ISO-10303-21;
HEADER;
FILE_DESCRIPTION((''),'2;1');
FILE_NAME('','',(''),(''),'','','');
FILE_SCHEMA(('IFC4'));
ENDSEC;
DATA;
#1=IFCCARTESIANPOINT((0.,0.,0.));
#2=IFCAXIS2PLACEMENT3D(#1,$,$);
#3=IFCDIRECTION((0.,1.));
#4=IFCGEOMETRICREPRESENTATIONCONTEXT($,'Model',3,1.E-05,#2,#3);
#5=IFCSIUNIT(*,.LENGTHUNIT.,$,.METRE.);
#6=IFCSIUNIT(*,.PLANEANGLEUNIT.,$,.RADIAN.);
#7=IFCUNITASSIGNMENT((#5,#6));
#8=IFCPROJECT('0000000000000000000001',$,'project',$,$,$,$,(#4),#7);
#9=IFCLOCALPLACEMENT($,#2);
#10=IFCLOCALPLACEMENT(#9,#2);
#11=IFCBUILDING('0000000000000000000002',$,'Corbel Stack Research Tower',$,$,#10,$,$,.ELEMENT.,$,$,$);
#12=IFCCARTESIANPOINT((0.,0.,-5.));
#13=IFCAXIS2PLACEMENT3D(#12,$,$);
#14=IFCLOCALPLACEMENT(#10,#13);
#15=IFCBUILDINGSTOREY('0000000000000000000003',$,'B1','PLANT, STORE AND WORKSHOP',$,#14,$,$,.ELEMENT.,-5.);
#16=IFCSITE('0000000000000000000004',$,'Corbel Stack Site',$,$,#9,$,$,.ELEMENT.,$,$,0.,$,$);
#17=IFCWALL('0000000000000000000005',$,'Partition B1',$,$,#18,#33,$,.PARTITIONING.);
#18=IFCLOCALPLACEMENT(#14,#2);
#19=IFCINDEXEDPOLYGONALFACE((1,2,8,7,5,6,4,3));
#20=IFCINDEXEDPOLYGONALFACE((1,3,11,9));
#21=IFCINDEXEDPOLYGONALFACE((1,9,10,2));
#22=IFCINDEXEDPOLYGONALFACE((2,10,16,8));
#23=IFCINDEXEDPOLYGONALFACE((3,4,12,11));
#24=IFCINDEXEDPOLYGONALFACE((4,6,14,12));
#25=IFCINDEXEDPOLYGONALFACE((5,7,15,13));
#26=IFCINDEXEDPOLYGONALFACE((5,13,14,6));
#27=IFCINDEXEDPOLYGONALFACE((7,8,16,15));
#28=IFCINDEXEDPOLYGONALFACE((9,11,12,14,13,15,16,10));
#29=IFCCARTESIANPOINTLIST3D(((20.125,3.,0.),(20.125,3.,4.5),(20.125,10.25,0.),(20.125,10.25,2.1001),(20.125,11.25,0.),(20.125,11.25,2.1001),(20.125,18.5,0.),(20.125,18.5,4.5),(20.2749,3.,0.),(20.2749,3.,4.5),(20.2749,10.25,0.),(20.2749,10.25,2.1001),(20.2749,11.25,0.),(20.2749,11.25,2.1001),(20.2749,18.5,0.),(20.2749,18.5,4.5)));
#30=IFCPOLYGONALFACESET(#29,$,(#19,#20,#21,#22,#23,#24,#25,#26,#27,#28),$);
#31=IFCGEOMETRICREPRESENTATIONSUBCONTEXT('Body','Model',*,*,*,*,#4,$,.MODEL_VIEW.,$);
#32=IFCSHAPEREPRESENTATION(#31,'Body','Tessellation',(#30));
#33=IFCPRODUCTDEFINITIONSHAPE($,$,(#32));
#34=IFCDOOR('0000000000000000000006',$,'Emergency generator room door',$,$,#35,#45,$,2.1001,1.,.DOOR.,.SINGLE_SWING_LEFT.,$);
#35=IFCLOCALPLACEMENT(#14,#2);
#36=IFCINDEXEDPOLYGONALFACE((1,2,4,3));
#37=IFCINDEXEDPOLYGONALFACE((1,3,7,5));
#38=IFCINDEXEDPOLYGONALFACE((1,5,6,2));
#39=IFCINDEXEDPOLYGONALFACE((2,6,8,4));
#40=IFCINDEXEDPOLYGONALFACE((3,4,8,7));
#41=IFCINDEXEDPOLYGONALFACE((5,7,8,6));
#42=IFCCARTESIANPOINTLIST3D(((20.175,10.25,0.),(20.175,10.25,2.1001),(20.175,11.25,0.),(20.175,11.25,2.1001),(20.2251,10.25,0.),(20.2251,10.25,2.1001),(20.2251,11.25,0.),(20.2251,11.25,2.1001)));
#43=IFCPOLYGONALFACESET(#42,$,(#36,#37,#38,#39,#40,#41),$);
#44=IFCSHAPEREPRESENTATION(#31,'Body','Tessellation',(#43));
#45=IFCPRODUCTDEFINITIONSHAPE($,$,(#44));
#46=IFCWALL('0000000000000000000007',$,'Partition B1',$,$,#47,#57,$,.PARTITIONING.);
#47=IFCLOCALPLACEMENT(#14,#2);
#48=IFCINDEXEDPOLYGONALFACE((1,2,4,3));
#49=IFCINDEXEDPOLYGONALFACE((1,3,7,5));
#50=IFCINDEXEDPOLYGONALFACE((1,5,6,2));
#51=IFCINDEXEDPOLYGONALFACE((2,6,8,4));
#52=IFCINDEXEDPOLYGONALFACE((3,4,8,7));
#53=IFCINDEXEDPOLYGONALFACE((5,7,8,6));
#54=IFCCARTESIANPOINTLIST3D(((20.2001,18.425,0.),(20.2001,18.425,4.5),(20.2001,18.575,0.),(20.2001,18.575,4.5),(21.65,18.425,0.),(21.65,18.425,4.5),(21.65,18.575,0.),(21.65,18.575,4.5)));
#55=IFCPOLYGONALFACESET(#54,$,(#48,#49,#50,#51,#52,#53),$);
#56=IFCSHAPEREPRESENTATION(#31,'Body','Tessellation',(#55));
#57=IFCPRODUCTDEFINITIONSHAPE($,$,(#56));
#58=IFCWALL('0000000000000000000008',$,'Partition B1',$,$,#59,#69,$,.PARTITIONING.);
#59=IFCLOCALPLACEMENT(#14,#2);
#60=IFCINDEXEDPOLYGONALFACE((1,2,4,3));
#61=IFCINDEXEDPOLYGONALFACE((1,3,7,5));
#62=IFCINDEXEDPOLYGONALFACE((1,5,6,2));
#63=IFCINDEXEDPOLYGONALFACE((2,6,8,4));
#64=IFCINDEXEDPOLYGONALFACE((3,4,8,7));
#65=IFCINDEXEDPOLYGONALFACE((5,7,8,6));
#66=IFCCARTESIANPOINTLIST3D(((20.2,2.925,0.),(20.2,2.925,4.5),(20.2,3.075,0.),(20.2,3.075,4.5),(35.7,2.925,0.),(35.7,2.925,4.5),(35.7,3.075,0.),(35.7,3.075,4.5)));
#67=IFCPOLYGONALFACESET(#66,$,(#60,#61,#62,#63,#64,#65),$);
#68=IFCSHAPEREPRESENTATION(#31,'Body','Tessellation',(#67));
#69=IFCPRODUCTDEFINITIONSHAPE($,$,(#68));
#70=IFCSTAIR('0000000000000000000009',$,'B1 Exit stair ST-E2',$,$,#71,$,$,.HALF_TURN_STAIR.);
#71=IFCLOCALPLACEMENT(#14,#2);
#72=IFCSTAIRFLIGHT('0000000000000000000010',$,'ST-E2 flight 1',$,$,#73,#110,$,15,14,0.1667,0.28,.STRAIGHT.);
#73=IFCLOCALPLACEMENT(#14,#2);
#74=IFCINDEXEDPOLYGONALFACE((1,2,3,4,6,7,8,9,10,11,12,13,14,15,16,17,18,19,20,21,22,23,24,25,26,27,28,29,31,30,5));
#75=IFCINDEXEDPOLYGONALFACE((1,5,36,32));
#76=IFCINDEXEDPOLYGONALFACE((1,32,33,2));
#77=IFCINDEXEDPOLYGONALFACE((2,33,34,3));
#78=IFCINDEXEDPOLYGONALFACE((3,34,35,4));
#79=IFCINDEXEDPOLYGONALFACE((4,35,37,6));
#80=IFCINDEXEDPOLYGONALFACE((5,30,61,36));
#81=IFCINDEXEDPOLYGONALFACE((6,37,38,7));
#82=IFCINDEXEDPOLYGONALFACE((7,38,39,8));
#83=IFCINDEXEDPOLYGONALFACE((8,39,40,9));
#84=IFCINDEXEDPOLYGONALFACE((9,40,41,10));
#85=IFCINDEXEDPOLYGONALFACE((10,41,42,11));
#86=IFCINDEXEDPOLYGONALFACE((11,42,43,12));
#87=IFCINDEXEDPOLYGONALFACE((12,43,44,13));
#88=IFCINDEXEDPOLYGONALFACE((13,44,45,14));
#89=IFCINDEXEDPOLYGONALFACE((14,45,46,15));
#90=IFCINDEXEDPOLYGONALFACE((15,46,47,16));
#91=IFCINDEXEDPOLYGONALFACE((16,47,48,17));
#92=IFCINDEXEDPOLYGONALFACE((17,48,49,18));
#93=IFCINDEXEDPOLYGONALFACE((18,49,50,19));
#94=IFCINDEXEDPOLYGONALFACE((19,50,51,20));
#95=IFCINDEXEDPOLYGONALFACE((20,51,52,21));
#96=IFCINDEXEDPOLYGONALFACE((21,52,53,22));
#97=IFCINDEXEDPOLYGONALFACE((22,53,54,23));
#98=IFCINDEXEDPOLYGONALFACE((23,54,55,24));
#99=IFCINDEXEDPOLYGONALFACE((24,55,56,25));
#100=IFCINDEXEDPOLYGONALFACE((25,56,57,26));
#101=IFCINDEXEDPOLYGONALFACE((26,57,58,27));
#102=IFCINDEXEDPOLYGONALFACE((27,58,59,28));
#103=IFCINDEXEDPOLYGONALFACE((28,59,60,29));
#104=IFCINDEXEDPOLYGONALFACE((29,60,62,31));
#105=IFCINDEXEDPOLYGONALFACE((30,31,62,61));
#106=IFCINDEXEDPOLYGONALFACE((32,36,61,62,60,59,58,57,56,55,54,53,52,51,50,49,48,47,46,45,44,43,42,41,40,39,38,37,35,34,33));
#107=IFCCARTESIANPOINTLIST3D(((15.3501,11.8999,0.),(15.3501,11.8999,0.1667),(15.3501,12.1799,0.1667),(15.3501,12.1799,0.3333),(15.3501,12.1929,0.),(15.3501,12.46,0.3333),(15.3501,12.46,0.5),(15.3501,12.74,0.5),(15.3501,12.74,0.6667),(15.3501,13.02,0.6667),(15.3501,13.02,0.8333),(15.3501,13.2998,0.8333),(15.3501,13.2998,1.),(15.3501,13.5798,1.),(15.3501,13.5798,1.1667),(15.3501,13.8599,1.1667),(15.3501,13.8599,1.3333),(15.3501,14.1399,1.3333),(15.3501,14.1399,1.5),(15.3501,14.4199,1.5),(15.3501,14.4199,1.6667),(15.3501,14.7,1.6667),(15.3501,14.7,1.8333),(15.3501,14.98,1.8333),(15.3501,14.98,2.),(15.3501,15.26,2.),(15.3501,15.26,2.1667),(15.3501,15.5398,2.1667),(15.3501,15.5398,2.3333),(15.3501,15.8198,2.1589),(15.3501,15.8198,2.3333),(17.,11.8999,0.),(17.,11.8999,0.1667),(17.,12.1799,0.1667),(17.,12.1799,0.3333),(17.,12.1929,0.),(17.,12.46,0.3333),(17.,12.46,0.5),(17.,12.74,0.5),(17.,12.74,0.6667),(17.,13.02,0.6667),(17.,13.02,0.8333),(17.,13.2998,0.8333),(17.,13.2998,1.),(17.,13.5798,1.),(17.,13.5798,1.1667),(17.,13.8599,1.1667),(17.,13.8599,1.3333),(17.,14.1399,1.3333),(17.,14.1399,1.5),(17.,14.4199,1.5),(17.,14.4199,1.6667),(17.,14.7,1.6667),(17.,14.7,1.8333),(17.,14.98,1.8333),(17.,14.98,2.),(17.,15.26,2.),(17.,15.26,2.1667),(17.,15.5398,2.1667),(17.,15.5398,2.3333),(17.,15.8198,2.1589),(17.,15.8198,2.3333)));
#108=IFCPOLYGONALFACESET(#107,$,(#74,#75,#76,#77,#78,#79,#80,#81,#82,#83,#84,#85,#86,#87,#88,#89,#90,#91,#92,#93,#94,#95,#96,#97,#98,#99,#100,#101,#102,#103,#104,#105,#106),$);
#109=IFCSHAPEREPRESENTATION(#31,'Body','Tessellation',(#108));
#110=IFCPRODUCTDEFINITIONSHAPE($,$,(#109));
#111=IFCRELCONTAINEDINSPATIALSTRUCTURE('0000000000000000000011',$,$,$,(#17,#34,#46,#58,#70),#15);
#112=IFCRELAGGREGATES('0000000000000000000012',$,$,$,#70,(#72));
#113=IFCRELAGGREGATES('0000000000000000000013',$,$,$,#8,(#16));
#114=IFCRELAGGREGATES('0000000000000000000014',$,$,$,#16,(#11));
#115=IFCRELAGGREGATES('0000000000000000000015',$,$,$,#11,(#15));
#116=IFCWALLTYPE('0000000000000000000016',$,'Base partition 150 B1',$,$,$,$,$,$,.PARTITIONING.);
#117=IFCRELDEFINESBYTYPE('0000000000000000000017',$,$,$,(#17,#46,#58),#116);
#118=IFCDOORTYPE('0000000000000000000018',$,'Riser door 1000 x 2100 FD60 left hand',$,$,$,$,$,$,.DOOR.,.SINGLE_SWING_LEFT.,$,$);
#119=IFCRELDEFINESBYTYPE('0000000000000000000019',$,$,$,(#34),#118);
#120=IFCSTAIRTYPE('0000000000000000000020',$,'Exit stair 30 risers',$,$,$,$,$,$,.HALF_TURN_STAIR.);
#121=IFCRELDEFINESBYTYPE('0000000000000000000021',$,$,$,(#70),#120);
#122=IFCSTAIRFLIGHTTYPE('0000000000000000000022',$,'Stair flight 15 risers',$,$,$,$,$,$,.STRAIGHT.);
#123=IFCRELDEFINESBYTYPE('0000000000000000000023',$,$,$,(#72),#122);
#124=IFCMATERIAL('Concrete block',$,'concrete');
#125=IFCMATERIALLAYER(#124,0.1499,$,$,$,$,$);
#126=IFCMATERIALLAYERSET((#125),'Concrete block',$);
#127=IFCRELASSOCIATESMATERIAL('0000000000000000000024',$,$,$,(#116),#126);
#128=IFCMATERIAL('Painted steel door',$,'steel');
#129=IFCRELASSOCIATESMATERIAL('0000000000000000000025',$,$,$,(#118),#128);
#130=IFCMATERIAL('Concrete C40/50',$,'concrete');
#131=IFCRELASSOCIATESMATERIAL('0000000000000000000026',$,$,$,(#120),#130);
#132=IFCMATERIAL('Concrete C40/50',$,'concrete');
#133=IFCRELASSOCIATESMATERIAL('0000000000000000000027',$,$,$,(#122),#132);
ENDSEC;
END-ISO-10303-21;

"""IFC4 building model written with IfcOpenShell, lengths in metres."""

from ifc_helpers import new_model, si_unit, direction, frame, frame_2d, origin, place, context, subcontext, project, spatial, polyline, rectangle, outline, extrude, material, layer, layer_set, type_object, element, fill, aggregate, save


model = new_model("IFC4")

# Units and contexts
model_context = context("Model", 3, precision=1e-05, world=origin(), true_north=direction((0.0, 1.0)))
body_context = subcontext(model_context, "Body", "Model", "MODEL_VIEW")
ifc_project = project(units=[si_unit("LENGTHUNIT", "METRE"), si_unit("PLANEANGLEUNIT", "RADIAN")], contexts=[model_context])

# Site, building, storey
site_placement = place(None, origin())
site = spatial("IfcSite", under=ifc_project, at=site_placement, Name="Corbel Stack Site", CompositionType="ELEMENT", RefElevation=0.0)
building_placement = place(site_placement, origin())
building = spatial("IfcBuilding", under=site, at=building_placement, Name="Corbel Stack Research Tower", CompositionType="ELEMENT")
storey_placement = place(building_placement, frame((0.0, 0.0, -5.0)))
storey = spatial("IfcBuildingStorey", under=building, at=storey_placement, Name="B1", Description="PLANT, STORE AND WORKSHOP", CompositionType="ELEMENT", Elevation=-5.0)

# Wall, opening, door
ifc_material_1 = material(Name="Concrete block", Category="concrete")
ifc_layer_1 = layer(ifc_material_1, 0.1499)
ifc_layer_set_1 = layer_set([ifc_layer_1], Name="Concrete block")
wall_type_1 = type_object("IfcWallType", Name="Base partition 150 B1", PredefinedType="PARTITIONING", material=ifc_layer_set_1)
wall_1_placement = place(storey_placement, frame((20.2, 3.0, 0.0), z_axis=(0.0, 0.0, 1.0), x_axis=(0.0, 1.0, 0.0)))
wall_1 = element("IfcWall", 1, at=wall_1_placement, inside=storey, type_object=wall_type_1, Name="Partition B1", PredefinedType="PARTITIONING", context=body_context, shape_type="SweptSolid", body=[
    extrude(rectangle(XDim=15.5, YDim=0.1499, at=frame_2d((7.75, 0.0))), origin(), (0.0, 0.0, 1.0), 4.5),
])
opening_1_placement = place(wall_1_placement, frame((7.25, 0.0, 0.0)))
opening_1 = element("IfcOpeningElement", 2, at=opening_1_placement, cuts=wall_1, PredefinedType="OPENING", context=body_context, shape_type="SweptSolid", body=[
    extrude(rectangle(XDim=1.0, YDim=2.1001, at=frame_2d((0.5, 1.05))), frame((0.0, 0.085, 0.0), z_axis=(0.0, -1.0, 0.0), x_axis=(1.0, 0.0, 0.0)), (0.0, 0.0, 1.0), 0.1699),
])
ifc_material_2 = material(Name="Painted steel door", Category="steel")
door_type_1 = type_object("IfcDoorType", Name="Riser door 1000 x 2100 FD60 left hand", OperationType="SINGLE_SWING_LEFT", PredefinedType="DOOR", material=ifc_material_2)
door_1_placement = place(opening_1_placement, origin())
door_1 = element("IfcDoor", 3, at=door_1_placement, inside=storey, type_object=door_type_1, Name="Emergency generator room door", OperationType="SINGLE_SWING_LEFT", OverallHeight=2.1001, OverallWidth=1.0, PredefinedType="DOOR", context=body_context, shape_type="SweptSolid", body=[
    extrude(rectangle(XDim=1.0, YDim=2.1001, at=frame_2d((0.5, 1.05))), frame((0.0, 0.0249, 0.0), z_axis=(0.0, -1.0, 0.0), x_axis=(1.0, 0.0, 0.0)), (0.0, 0.0, 1.0), 0.05),
])
fill(opening_1, door_1)

# Walls
wall_2_placement = place(storey_placement, frame((20.2, 18.5, 0.0), z_axis=(0.0, 0.0, 1.0), x_axis=(1.0, 0.0, 0.0)))
element("IfcWall", 4, at=wall_2_placement, inside=storey, type_object=wall_type_1, Name="Partition B1", PredefinedType="PARTITIONING", context=body_context, shape_type="SweptSolid", body=[
    extrude(rectangle(XDim=1.45, YDim=0.1499, at=frame_2d((0.7251, 0.0))), origin(), (0.0, 0.0, 1.0), 4.5),
])
wall_3_placement = place(storey_placement, frame((20.2, 3.0, 0.0), z_axis=(0.0, 0.0, 1.0), x_axis=(1.0, 0.0, 0.0)))
element("IfcWall", 5, at=wall_3_placement, inside=storey, type_object=wall_type_1, Name="Partition B1", PredefinedType="PARTITIONING", context=body_context, shape_type="SweptSolid", body=[
    extrude(rectangle(XDim=15.5, YDim=0.1499, at=frame_2d((7.75, 0.0))), origin(), (0.0, 0.0, 1.0), 4.5),
])

# Stair, stair flight
ifc_material_3 = material(Name="Concrete C40/50", Category="concrete")
stair_type = type_object("IfcStairType", Name="Exit stair 30 risers", PredefinedType="HALF_TURN_STAIR", material=ifc_material_3)
stair_placement = place(storey_placement, origin())
stair = element("IfcStair", 6, at=stair_placement, inside=storey, type_object=stair_type, Name="B1 Exit stair ST-E2", PredefinedType="HALF_TURN_STAIR")
ifc_material_4 = material(Name="Concrete C40/50", Category="concrete")
stair_flight_type = type_object("IfcStairFlightType", Name="Stair flight 15 risers", PredefinedType="STRAIGHT", material=ifc_material_4)
stair_flight_placement = place(storey_placement, frame((16.175, 11.8999, 0.0), z_axis=(0.0, 0.0, 1.0), x_axis=(0.0, 1.0, 0.0)))
stair_flight = element("IfcStairFlight", 7, at=stair_flight_placement, type_object=stair_flight_type, Name="ST-E2 flight 1", NumberOfRisers=15, NumberOfTreads=14, PredefinedType="STRAIGHT", RiserHeight=0.1667, TreadLength=0.28, context=body_context, shape_type="SweptSolid", body=[
    extrude(outline(polyline([(0.0, 0.0), (0.0, 0.1667), (0.28, 0.1667), (0.28, 0.3333), (0.5601, 0.3333), (0.5601, 0.5), (0.8401, 0.5), (0.8401, 0.6667), (1.1201, 0.6667), (1.1201, 0.8333), (1.3999, 0.8333), (1.3999, 1.0), (1.6799, 1.0), (1.6799, 1.1667), (1.96, 1.1667), (1.96, 1.3333), (2.24, 1.3333), (2.24, 1.5), (2.52, 1.5), (2.52, 1.6667), (2.8, 1.6667), (2.8, 1.8333), (3.0801, 1.8333), (3.0801, 2.0), (3.3601, 2.0), (3.3601, 2.1667), (3.6399, 2.1667), (3.6399, 2.3333), (3.9199, 2.3333), (3.9199, 2.5), (3.9199, 2.1589), (0.293, 0.0), (0.0, 0.0)])), frame((0.0, 0.825, 0.0), z_axis=(0.0, -1.0, 0.0), x_axis=(1.0, 0.0, 0.0)), (0.0, 0.0, 1.0), 1.6499),
])
aggregate(stair, [stair_flight])

save(model, "model.ifc")
